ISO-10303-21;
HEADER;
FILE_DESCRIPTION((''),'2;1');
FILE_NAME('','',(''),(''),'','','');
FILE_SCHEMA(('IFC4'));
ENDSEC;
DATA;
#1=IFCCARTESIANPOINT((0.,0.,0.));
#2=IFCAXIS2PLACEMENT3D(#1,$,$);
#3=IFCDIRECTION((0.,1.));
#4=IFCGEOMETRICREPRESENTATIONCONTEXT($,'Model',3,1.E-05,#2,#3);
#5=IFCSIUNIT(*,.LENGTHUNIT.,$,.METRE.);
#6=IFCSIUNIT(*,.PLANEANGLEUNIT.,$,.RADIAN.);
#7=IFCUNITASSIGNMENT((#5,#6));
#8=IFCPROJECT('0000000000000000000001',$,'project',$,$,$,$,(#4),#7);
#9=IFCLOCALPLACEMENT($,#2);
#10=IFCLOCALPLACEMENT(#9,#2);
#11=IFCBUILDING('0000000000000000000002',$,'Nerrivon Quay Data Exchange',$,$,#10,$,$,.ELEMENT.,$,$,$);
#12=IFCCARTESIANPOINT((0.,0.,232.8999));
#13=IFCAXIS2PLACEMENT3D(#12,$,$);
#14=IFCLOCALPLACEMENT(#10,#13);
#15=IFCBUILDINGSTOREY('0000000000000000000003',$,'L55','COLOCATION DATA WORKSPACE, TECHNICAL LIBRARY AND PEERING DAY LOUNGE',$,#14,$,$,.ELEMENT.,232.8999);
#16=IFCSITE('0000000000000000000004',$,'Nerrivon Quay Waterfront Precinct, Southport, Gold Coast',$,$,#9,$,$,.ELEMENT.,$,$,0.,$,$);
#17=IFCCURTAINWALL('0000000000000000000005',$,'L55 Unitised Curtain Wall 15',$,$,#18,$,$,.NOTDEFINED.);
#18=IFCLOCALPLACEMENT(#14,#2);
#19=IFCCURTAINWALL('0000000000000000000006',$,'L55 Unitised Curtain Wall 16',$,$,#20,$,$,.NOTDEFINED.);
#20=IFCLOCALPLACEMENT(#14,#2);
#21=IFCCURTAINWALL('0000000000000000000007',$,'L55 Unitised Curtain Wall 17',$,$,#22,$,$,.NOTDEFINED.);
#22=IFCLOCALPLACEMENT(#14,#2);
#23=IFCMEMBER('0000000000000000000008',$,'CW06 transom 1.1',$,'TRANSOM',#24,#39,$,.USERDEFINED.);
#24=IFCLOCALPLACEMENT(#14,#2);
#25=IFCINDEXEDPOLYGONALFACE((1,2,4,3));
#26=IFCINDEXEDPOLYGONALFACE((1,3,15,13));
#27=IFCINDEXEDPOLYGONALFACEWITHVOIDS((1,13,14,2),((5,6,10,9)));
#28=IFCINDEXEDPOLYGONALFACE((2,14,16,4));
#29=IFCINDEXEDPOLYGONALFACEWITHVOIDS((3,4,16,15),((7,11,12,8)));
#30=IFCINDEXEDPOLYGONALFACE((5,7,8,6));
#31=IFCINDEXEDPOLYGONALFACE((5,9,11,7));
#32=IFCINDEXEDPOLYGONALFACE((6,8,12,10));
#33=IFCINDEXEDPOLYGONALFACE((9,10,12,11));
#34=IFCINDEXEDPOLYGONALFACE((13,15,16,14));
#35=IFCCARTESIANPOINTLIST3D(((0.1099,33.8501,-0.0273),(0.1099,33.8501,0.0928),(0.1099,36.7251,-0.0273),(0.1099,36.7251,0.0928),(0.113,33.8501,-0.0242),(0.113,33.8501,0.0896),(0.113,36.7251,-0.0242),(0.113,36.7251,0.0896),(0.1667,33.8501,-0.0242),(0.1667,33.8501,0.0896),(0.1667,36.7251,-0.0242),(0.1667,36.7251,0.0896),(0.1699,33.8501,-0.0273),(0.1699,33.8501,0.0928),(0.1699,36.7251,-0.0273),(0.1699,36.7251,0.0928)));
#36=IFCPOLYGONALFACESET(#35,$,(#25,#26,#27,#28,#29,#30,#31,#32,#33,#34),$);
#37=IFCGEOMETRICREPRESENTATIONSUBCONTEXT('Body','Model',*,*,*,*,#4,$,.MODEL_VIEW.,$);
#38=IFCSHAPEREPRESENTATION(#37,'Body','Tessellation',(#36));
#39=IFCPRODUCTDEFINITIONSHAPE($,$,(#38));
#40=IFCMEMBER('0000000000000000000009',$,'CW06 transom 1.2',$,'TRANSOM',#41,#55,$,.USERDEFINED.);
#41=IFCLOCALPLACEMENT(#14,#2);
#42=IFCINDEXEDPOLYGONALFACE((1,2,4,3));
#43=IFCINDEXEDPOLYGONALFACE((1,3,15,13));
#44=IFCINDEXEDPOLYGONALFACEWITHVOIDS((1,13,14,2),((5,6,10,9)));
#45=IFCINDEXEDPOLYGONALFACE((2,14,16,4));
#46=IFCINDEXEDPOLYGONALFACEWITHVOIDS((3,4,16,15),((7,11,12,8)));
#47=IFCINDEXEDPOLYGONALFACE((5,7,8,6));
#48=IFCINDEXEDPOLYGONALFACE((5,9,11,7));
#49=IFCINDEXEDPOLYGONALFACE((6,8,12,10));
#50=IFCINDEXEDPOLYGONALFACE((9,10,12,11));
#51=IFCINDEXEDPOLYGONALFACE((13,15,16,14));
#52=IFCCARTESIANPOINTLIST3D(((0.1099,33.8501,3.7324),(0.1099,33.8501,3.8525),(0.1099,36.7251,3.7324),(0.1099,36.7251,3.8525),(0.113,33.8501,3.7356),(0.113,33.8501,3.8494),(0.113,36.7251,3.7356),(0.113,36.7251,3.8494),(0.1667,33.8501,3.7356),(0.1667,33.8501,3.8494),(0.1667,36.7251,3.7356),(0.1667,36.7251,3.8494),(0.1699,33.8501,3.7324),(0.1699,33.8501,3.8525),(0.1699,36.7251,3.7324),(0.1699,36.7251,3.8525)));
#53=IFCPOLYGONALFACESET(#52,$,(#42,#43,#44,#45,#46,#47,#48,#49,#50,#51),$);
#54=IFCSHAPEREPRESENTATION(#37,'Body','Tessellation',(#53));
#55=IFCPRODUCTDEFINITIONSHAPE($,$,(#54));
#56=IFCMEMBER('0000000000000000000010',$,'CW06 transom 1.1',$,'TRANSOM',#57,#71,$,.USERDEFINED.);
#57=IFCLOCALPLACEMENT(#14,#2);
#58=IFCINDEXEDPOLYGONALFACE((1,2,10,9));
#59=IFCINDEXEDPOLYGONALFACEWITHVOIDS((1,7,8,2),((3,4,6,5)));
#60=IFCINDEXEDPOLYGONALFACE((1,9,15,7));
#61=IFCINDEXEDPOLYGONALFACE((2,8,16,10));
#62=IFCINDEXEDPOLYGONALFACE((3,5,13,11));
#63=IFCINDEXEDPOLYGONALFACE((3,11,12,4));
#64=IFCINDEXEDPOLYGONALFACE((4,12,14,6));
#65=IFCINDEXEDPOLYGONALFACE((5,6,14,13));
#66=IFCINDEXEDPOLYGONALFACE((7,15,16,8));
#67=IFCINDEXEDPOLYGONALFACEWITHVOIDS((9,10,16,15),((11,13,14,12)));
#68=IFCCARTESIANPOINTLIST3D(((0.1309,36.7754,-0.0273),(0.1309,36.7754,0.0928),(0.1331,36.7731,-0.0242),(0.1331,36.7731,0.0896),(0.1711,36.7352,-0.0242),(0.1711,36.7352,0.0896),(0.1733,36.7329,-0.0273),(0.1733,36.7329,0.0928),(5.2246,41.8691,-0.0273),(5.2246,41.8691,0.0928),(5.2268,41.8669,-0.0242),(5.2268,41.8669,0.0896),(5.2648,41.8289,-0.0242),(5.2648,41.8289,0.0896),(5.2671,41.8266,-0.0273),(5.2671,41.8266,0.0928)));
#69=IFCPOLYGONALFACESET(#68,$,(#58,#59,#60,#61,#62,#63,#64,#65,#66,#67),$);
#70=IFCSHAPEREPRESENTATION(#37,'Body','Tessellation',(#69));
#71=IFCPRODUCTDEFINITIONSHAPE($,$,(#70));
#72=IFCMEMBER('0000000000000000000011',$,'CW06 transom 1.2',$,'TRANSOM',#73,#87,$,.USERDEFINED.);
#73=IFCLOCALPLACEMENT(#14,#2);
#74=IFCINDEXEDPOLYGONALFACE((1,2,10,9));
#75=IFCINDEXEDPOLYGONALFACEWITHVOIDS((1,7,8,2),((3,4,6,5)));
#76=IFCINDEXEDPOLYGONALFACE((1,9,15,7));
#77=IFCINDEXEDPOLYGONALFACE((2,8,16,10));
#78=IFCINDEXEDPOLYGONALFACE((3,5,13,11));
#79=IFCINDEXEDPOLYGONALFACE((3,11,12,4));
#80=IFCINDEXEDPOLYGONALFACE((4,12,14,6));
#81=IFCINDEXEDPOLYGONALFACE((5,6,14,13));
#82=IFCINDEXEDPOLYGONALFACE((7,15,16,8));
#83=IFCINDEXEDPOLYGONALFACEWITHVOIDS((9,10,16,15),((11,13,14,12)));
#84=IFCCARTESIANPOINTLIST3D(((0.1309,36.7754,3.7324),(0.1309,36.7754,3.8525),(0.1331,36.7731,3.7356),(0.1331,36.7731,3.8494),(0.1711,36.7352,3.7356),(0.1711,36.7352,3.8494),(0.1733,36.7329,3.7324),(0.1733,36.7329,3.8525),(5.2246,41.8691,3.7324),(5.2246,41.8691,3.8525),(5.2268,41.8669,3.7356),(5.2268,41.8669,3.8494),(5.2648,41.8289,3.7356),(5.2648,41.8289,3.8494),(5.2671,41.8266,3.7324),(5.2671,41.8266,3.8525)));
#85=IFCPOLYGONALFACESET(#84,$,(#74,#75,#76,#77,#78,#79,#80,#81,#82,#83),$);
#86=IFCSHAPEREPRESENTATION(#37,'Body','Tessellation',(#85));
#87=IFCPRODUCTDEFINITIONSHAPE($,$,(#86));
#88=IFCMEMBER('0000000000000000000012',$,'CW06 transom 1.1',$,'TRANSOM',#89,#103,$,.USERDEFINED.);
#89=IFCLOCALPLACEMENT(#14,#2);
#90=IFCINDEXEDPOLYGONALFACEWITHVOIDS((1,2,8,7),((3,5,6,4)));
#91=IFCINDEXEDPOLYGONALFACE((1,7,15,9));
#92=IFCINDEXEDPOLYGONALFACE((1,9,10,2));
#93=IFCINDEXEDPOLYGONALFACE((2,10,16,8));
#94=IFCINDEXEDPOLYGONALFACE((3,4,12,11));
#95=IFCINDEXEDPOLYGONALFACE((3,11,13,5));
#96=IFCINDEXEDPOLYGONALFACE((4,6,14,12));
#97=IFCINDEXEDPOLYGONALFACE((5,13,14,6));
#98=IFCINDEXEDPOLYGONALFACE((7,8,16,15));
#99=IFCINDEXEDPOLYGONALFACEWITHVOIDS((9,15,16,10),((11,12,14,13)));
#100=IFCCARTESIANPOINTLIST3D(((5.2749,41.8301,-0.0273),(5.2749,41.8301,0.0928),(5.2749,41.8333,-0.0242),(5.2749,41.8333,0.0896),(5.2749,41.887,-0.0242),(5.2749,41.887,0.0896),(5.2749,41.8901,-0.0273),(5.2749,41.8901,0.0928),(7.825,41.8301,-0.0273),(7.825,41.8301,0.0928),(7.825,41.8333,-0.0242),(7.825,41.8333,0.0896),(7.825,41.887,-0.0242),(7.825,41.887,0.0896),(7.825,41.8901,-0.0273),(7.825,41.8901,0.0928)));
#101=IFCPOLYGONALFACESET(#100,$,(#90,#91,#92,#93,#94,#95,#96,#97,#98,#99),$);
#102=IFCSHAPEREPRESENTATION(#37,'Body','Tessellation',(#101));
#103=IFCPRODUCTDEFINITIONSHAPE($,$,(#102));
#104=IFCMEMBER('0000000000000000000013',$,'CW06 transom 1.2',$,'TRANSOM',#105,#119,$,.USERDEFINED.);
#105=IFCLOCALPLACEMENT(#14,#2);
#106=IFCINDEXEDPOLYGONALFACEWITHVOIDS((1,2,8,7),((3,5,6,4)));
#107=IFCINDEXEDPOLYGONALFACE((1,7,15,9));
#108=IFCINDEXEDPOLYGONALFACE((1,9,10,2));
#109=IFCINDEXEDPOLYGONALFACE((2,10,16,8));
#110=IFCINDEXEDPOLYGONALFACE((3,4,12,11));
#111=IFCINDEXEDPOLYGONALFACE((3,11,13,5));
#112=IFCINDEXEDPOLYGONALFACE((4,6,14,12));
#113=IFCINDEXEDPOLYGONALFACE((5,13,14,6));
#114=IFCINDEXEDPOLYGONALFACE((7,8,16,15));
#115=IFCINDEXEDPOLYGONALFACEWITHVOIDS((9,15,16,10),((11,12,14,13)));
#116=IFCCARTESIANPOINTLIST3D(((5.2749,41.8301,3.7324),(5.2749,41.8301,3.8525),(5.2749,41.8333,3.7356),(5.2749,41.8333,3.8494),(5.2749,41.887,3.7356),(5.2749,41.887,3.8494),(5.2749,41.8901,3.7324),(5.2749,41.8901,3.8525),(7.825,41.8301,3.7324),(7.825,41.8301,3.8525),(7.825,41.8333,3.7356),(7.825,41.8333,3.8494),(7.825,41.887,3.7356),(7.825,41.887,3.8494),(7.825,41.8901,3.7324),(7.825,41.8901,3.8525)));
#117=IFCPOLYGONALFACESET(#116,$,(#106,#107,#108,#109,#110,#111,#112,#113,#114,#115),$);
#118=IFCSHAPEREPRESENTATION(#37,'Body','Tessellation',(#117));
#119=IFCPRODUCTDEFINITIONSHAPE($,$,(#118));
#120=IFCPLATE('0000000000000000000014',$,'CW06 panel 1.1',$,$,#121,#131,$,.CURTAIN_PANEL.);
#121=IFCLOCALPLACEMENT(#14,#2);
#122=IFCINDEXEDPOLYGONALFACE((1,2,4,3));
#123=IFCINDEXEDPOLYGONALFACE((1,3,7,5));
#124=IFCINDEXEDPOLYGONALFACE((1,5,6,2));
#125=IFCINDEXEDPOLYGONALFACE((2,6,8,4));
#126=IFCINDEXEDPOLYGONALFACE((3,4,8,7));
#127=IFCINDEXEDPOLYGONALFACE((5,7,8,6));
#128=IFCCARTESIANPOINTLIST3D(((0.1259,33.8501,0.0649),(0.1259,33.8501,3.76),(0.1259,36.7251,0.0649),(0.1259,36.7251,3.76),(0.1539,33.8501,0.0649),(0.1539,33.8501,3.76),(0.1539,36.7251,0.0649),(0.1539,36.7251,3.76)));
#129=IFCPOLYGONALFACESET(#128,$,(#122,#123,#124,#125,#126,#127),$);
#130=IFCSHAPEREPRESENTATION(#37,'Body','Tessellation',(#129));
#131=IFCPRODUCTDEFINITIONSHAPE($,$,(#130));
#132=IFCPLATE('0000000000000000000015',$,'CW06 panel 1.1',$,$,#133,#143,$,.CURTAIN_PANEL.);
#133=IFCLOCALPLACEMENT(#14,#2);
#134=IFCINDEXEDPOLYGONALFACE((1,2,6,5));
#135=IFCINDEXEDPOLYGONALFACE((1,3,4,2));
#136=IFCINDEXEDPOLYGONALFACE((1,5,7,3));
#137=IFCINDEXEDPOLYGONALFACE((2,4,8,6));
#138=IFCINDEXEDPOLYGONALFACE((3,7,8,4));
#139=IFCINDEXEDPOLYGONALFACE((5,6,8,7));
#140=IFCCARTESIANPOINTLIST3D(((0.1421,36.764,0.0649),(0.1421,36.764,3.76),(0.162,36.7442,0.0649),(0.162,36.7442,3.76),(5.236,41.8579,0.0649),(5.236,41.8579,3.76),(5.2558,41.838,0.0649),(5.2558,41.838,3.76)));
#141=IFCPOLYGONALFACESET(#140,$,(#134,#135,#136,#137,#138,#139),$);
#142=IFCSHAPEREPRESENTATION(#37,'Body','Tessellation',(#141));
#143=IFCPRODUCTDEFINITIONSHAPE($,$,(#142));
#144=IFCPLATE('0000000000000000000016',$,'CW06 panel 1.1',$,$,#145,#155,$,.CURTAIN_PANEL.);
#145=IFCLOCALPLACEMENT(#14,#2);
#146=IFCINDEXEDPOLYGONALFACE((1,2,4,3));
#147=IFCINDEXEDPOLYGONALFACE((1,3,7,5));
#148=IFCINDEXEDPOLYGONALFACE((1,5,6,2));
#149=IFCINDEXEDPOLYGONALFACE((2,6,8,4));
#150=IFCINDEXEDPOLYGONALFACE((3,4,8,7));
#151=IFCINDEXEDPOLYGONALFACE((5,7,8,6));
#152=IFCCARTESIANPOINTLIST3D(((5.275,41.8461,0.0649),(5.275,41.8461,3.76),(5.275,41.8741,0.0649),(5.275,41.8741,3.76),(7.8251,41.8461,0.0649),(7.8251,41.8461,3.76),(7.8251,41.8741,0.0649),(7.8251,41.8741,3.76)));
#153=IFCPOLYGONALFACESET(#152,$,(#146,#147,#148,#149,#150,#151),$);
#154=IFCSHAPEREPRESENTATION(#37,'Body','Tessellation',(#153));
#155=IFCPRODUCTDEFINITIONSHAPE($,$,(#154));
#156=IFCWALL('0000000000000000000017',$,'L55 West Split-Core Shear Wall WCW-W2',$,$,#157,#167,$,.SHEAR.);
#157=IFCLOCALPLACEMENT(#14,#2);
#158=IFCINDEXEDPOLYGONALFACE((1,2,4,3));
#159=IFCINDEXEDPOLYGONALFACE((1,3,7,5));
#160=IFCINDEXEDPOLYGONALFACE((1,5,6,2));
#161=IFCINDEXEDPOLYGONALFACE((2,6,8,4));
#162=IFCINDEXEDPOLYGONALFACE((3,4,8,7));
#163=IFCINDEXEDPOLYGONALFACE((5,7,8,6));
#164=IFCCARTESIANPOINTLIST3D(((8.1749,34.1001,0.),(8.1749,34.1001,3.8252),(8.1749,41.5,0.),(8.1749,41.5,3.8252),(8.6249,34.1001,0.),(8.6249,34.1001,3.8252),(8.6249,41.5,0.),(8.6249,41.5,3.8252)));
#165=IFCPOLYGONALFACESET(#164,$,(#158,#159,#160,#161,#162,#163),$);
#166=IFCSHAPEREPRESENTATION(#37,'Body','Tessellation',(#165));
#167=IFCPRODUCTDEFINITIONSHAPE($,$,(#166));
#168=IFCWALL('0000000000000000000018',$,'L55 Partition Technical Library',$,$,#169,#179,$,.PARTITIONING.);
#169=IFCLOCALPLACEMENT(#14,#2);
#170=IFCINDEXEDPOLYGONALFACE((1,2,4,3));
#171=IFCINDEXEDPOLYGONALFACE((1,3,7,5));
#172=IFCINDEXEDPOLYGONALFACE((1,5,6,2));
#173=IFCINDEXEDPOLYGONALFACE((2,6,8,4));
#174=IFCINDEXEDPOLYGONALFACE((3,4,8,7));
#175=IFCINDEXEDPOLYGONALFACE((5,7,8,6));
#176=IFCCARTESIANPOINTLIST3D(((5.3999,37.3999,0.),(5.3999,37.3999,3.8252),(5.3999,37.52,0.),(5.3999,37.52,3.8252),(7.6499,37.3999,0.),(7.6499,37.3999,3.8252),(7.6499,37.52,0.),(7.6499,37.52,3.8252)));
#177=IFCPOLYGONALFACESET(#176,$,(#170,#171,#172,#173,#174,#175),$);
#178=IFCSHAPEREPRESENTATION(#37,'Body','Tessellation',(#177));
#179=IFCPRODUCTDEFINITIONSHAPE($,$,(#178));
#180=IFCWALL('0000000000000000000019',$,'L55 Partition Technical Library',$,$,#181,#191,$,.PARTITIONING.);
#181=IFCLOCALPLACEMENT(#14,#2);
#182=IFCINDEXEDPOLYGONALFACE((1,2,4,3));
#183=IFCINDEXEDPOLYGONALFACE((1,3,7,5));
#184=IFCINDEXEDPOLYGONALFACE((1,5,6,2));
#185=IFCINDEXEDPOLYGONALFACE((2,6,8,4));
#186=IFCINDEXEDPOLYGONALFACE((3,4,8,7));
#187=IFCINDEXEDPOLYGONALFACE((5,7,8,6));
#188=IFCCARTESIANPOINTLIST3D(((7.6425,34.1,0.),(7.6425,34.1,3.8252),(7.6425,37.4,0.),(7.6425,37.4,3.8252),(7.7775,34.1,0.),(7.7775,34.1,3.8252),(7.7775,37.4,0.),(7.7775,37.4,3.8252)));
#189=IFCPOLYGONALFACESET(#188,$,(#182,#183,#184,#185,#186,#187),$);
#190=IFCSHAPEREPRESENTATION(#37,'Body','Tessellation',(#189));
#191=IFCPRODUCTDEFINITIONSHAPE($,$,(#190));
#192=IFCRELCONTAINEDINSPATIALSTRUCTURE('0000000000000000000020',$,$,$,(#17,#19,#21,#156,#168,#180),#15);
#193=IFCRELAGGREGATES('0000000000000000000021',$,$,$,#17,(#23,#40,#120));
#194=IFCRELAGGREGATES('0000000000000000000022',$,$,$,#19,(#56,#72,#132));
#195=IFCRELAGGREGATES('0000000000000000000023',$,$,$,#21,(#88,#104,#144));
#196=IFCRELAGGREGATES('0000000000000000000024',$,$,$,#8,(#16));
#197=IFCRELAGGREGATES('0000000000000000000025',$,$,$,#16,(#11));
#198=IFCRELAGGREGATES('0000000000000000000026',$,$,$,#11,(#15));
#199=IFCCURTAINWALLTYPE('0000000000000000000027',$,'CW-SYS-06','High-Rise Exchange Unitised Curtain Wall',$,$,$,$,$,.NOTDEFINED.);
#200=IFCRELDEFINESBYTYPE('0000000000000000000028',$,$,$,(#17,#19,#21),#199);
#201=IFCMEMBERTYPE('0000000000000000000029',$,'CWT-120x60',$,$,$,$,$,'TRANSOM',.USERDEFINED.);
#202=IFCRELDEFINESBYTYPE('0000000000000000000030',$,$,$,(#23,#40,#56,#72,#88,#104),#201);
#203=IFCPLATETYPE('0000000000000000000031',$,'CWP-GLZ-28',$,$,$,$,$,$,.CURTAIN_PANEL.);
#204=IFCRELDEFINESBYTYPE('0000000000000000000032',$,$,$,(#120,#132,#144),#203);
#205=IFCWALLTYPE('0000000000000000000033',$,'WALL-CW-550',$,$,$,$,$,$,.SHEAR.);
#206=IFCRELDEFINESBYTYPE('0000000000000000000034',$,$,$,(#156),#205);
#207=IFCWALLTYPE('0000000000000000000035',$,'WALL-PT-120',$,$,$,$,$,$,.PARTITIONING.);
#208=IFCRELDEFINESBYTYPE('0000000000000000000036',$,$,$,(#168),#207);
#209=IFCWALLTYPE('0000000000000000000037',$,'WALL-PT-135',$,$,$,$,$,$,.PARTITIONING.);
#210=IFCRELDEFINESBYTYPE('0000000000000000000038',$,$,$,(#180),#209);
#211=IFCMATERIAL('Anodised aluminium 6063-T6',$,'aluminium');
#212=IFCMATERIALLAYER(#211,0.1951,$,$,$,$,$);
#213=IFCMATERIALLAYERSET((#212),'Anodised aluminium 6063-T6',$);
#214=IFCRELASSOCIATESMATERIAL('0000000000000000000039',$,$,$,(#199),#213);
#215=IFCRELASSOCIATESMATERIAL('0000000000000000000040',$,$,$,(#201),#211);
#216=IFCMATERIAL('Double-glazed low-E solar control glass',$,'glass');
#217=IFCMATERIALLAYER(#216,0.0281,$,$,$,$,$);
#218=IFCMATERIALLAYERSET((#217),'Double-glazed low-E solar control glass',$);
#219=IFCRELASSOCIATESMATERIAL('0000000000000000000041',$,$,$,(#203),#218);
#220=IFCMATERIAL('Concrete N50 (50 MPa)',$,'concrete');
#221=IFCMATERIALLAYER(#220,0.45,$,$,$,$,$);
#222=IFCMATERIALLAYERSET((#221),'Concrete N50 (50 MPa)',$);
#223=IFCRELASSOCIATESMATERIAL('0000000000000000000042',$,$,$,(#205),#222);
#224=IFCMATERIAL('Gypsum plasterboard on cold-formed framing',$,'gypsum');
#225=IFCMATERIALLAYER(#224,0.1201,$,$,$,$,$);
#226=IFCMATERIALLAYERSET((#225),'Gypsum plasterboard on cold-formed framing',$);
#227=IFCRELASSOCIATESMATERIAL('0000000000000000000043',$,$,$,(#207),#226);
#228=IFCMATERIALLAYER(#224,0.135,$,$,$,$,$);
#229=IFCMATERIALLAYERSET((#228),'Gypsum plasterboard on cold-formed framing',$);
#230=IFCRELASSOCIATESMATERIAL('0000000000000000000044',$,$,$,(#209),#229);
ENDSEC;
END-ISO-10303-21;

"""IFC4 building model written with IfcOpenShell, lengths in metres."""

from ifc_helpers import new_model, si_unit, direction, frame, frame_2d, origin, origin_2d, place, context, subcontext, project, spatial, rectangle, hollow_rectangle, extrude, material, layer, layer_set, material_profile, profile_set, type_object, element, aggregate, save


model = new_model("IFC4")

# Units and contexts
model_context = context("Model", 3, precision=1e-05, world=origin(), true_north=direction((0.0, 1.0)))
body_context = subcontext(model_context, "Body", "Model", "MODEL_VIEW")
ifc_project = project(units=[si_unit("LENGTHUNIT", "METRE"), si_unit("PLANEANGLEUNIT", "RADIAN")], contexts=[model_context])

# Site, building, storey
site_placement = place(None, origin())
site = spatial("IfcSite", under=ifc_project, at=site_placement, Name="Nerrivon Quay Waterfront Precinct, Southport, Gold Coast", CompositionType="ELEMENT", RefElevation=0.0)
building_placement = place(site_placement, origin())
building = spatial("IfcBuilding", under=site, at=building_placement, Name="Nerrivon Quay Data Exchange", CompositionType="ELEMENT")
storey_placement = place(building_placement, frame((0.0, 0.0, 232.8999)))
storey = spatial("IfcBuildingStorey", under=building, at=storey_placement, Name="L55", Description="COLOCATION DATA WORKSPACE, TECHNICAL LIBRARY AND PEERING DAY LOUNGE", CompositionType="ELEMENT", Elevation=232.8999)

# Curtain walls
ifc_material_1 = material(Name="Anodised aluminium 6063-T6", Category="aluminium")
ifc_layer_1 = layer(ifc_material_1, 0.1951)
ifc_layer_set_1 = layer_set([ifc_layer_1], Name="Anodised aluminium 6063-T6")
curtain_wall_type = type_object("IfcCurtainWallType", Name="CW-SYS-06", Description="High-Rise Exchange Unitised Curtain Wall", PredefinedType="NOTDEFINED", material=ifc_layer_set_1)
curtain_wall_1_placement = place(storey_placement, origin())
curtain_wall_1 = element("IfcCurtainWall", 1, at=curtain_wall_1_placement, inside=storey, type_object=curtain_wall_type, Name="L55 Unitised Curtain Wall 15", PredefinedType="NOTDEFINED")
curtain_wall_2_placement = place(storey_placement, origin())
curtain_wall_2 = element("IfcCurtainWall", 2, at=curtain_wall_2_placement, inside=storey, type_object=curtain_wall_type, Name="L55 Unitised Curtain Wall 16", PredefinedType="NOTDEFINED")
curtain_wall_3_placement = place(storey_placement, origin())
curtain_wall_3 = element("IfcCurtainWall", 3, at=curtain_wall_3_placement, inside=storey, type_object=curtain_wall_type, Name="L55 Unitised Curtain Wall 17", PredefinedType="NOTDEFINED")

# Members
ifc_material_profile_1 = material_profile(ifc_material_1, hollow_rectangle(XDim=0.0601, YDim=0.1201, WallThickness=0.0032, at=origin_2d()), Name="ALU-TRAN-120x60")
ifc_profile_set_1 = profile_set([ifc_material_profile_1], Name="Anodised aluminium 6063-T6")
member_type_1 = type_object("IfcMemberType", Name="CWT-120x60", ElementType="TRANSOM", PredefinedType="USERDEFINED", material=ifc_profile_set_1)
member_1_placement = place(storey_placement, frame((0.1399, 33.8501, 0.0327), z_axis=(0.0, 1.0, 0.0), x_axis=(-1.0, 0.0, 0.0)))
member_1 = element("IfcMember", 4, at=member_1_placement, type_object=member_type_1, Name="CW06 transom 1.1", ObjectType="TRANSOM", PredefinedType="USERDEFINED", context=body_context, shape_type="SweptSolid", body=[
    extrude(hollow_rectangle(XDim=0.0601, YDim=0.1201, WallThickness=0.0032, at=origin_2d()), origin(), (0.0, 0.0, 1.0), 2.875),
])
member_2_placement = place(storey_placement, frame((0.1399, 33.8501, 3.7925), z_axis=(0.0, 1.0, 0.0), x_axis=(-1.0, 0.0, 0.0)))
member_2 = element("IfcMember", 5, at=member_2_placement, type_object=member_type_1, Name="CW06 transom 1.2", ObjectType="TRANSOM", PredefinedType="USERDEFINED", context=body_context, shape_type="SweptSolid", body=[
    extrude(hollow_rectangle(XDim=0.0601, YDim=0.1201, WallThickness=0.0032, at=origin_2d()), origin(), (0.0, 0.0, 1.0), 2.875),
])
member_3_placement = place(storey_placement, frame((0.1521, 36.7542, 0.0327), z_axis=(0.707107, 0.707107, 0.0), x_axis=(-0.707107, 0.707107, 0.0)))
member_3 = element("IfcMember", 6, at=member_3_placement, type_object=member_type_1, Name="CW06 transom 1.1", ObjectType="TRANSOM", PredefinedType="USERDEFINED", context=body_context, shape_type="SweptSolid", body=[
    extrude(hollow_rectangle(XDim=0.0601, YDim=0.1201, WallThickness=0.0032, at=origin_2d()), origin(), (0.0, 0.0, 1.0), 7.2036),
])
member_4_placement = place(storey_placement, frame((0.1521, 36.7542, 3.7925), z_axis=(0.707107, 0.707107, 0.0), x_axis=(-0.707107, 0.707107, 0.0)))
member_4 = element("IfcMember", 7, at=member_4_placement, type_object=member_type_1, Name="CW06 transom 1.2", ObjectType="TRANSOM", PredefinedType="USERDEFINED", context=body_context, shape_type="SweptSolid", body=[
    extrude(hollow_rectangle(XDim=0.0601, YDim=0.1201, WallThickness=0.0032, at=origin_2d()), origin(), (0.0, 0.0, 1.0), 7.2036),
])
member_5_placement = place(storey_placement, frame((5.2749, 41.8601, 0.0327), z_axis=(1.0, 0.0, 0.0), x_axis=(0.0, 1.0, 0.0)))
member_5 = element("IfcMember", 8, at=member_5_placement, type_object=member_type_1, Name="CW06 transom 1.1", ObjectType="TRANSOM", PredefinedType="USERDEFINED", context=body_context, shape_type="SweptSolid", body=[
    extrude(hollow_rectangle(XDim=0.0601, YDim=0.1201, WallThickness=0.0032, at=origin_2d()), origin(), (0.0, 0.0, 1.0), 2.55),
])
member_6_placement = place(storey_placement, frame((5.2749, 41.8601, 3.7925), z_axis=(1.0, 0.0, 0.0), x_axis=(0.0, 1.0, 0.0)))
member_6 = element("IfcMember", 9, at=member_6_placement, type_object=member_type_1, Name="CW06 transom 1.2", ObjectType="TRANSOM", PredefinedType="USERDEFINED", context=body_context, shape_type="SweptSolid", body=[
    extrude(hollow_rectangle(XDim=0.0601, YDim=0.1201, WallThickness=0.0032, at=origin_2d()), origin(), (0.0, 0.0, 1.0), 2.55),
])

# Plates
ifc_material_2 = material(Name="Double-glazed low-E solar control glass", Category="glass")
ifc_layer_2 = layer(ifc_material_2, 0.0281)
ifc_layer_set_2 = layer_set([ifc_layer_2], Name="Double-glazed low-E solar control glass")
plate_type = type_object("IfcPlateType", Name="CWP-GLZ-28", PredefinedType="CURTAIN_PANEL", material=ifc_layer_set_2)
plate_1_placement = place(storey_placement, frame((0.1399, 35.2876, 0.0649), z_axis=(0.0, 0.0, 1.0), x_axis=(0.0, 1.0, 0.0)))
plate_1 = element("IfcPlate", 10, at=plate_1_placement, type_object=plate_type, Name="CW06 panel 1.1", PredefinedType="CURTAIN_PANEL", context=body_context, shape_type="SweptSolid", body=[
    extrude(rectangle(XDim=2.875, YDim=0.0281, at=origin_2d()), origin(), (0.0, 0.0, 1.0), 3.6951),
])
aggregate(curtain_wall_1, [member_1, member_2, plate_1])
plate_2_placement = place(storey_placement, frame((2.699, 39.301, 0.0649), z_axis=(0.0, 0.0, 1.0), x_axis=(0.707107, 0.707107, 0.0)))
plate_2 = element("IfcPlate", 11, at=plate_2_placement, type_object=plate_type, Name="CW06 panel 1.1", PredefinedType="CURTAIN_PANEL", context=body_context, shape_type="SweptSolid", body=[
    extrude(rectangle(XDim=7.2039, YDim=0.0281, at=origin_2d()), origin(), (0.0, 0.0, 1.0), 3.6951),
])
aggregate(curtain_wall_2, [member_3, member_4, plate_2])
plate_3_placement = place(storey_placement, frame((6.55, 41.8601, 0.0649), z_axis=(0.0, 0.0, 1.0), x_axis=(1.0, 0.0, 0.0)))
plate_3 = element("IfcPlate", 12, at=plate_3_placement, type_object=plate_type, Name="CW06 panel 1.1", PredefinedType="CURTAIN_PANEL", context=body_context, shape_type="SweptSolid", body=[
    extrude(rectangle(XDim=2.55, YDim=0.0281, at=origin_2d()), origin(), (0.0, 0.0, 1.0), 3.6951),
])
aggregate(curtain_wall_3, [member_5, member_6, plate_3])

# Walls
ifc_material_3 = material(Name="Concrete N50 (50 MPa)", Category="concrete")
ifc_layer_3 = layer(ifc_material_3, 0.45)
ifc_layer_set_3 = layer_set([ifc_layer_3], Name="Concrete N50 (50 MPa)")
wall_type_1 = type_object("IfcWallType", Name="WALL-CW-550", PredefinedType="SHEAR", material=ifc_layer_set_3)
wall_1_placement = place(storey_placement, frame((8.3999, 34.1001, 0.0), z_axis=(0.0, 0.0, 1.0), x_axis=(0.0, 1.0, 0.0)))
element("IfcWall", 13, at=wall_1_placement, inside=storey, type_object=wall_type_1, Name="L55 West Split-Core Shear Wall WCW-W2", PredefinedType="SHEAR", context=body_context, shape_type="SweptSolid", body=[
    extrude(rectangle(XDim=7.3999, YDim=0.45, at=frame_2d((3.7, 0.0))), origin(), (0.0, 0.0, 1.0), 3.8252),
])
ifc_material_4 = material(Name="Gypsum plasterboard on cold-formed framing", Category="gypsum")
ifc_layer_4 = layer(ifc_material_4, 0.1201)
ifc_layer_set_4 = layer_set([ifc_layer_4], Name="Gypsum plasterboard on cold-formed framing")
wall_type_2 = type_object("IfcWallType", Name="WALL-PT-120", PredefinedType="PARTITIONING", material=ifc_layer_set_4)
wall_2_placement = place(storey_placement, frame((5.3999, 37.46, 0.0), z_axis=(0.0, 0.0, 1.0), x_axis=(1.0, 0.0, 0.0)))
element("IfcWall", 14, at=wall_2_placement, inside=storey, type_object=wall_type_2, Name="L55 Partition Technical Library", PredefinedType="PARTITIONING", context=body_context, shape_type="SweptSolid", body=[
    extrude(rectangle(XDim=2.25, YDim=0.1201, at=frame_2d((1.125, 0.0))), origin(), (0.0, 0.0, 1.0), 3.8252),
])
ifc_layer_5 = layer(ifc_material_4, 0.135)
ifc_layer_set_5 = layer_set([ifc_layer_5], Name="Gypsum plasterboard on cold-formed framing")
wall_type_3 = type_object("IfcWallType", Name="WALL-PT-135", PredefinedType="PARTITIONING", material=ifc_layer_set_5)
wall_3_placement = place(storey_placement, frame((7.71, 37.3999, 0.0), z_axis=(0.0, 0.0, 1.0), x_axis=(0.0, -1.0, 0.0)))
element("IfcWall", 15, at=wall_3_placement, inside=storey, type_object=wall_type_3, Name="L55 Partition Technical Library", PredefinedType="PARTITIONING", context=body_context, shape_type="SweptSolid", body=[
    extrude(rectangle(XDim=3.3, YDim=0.135, at=frame_2d((1.6499, 0.0))), origin(), (0.0, 0.0, 1.0), 3.8252),
])

save(model, "model.ifc")
